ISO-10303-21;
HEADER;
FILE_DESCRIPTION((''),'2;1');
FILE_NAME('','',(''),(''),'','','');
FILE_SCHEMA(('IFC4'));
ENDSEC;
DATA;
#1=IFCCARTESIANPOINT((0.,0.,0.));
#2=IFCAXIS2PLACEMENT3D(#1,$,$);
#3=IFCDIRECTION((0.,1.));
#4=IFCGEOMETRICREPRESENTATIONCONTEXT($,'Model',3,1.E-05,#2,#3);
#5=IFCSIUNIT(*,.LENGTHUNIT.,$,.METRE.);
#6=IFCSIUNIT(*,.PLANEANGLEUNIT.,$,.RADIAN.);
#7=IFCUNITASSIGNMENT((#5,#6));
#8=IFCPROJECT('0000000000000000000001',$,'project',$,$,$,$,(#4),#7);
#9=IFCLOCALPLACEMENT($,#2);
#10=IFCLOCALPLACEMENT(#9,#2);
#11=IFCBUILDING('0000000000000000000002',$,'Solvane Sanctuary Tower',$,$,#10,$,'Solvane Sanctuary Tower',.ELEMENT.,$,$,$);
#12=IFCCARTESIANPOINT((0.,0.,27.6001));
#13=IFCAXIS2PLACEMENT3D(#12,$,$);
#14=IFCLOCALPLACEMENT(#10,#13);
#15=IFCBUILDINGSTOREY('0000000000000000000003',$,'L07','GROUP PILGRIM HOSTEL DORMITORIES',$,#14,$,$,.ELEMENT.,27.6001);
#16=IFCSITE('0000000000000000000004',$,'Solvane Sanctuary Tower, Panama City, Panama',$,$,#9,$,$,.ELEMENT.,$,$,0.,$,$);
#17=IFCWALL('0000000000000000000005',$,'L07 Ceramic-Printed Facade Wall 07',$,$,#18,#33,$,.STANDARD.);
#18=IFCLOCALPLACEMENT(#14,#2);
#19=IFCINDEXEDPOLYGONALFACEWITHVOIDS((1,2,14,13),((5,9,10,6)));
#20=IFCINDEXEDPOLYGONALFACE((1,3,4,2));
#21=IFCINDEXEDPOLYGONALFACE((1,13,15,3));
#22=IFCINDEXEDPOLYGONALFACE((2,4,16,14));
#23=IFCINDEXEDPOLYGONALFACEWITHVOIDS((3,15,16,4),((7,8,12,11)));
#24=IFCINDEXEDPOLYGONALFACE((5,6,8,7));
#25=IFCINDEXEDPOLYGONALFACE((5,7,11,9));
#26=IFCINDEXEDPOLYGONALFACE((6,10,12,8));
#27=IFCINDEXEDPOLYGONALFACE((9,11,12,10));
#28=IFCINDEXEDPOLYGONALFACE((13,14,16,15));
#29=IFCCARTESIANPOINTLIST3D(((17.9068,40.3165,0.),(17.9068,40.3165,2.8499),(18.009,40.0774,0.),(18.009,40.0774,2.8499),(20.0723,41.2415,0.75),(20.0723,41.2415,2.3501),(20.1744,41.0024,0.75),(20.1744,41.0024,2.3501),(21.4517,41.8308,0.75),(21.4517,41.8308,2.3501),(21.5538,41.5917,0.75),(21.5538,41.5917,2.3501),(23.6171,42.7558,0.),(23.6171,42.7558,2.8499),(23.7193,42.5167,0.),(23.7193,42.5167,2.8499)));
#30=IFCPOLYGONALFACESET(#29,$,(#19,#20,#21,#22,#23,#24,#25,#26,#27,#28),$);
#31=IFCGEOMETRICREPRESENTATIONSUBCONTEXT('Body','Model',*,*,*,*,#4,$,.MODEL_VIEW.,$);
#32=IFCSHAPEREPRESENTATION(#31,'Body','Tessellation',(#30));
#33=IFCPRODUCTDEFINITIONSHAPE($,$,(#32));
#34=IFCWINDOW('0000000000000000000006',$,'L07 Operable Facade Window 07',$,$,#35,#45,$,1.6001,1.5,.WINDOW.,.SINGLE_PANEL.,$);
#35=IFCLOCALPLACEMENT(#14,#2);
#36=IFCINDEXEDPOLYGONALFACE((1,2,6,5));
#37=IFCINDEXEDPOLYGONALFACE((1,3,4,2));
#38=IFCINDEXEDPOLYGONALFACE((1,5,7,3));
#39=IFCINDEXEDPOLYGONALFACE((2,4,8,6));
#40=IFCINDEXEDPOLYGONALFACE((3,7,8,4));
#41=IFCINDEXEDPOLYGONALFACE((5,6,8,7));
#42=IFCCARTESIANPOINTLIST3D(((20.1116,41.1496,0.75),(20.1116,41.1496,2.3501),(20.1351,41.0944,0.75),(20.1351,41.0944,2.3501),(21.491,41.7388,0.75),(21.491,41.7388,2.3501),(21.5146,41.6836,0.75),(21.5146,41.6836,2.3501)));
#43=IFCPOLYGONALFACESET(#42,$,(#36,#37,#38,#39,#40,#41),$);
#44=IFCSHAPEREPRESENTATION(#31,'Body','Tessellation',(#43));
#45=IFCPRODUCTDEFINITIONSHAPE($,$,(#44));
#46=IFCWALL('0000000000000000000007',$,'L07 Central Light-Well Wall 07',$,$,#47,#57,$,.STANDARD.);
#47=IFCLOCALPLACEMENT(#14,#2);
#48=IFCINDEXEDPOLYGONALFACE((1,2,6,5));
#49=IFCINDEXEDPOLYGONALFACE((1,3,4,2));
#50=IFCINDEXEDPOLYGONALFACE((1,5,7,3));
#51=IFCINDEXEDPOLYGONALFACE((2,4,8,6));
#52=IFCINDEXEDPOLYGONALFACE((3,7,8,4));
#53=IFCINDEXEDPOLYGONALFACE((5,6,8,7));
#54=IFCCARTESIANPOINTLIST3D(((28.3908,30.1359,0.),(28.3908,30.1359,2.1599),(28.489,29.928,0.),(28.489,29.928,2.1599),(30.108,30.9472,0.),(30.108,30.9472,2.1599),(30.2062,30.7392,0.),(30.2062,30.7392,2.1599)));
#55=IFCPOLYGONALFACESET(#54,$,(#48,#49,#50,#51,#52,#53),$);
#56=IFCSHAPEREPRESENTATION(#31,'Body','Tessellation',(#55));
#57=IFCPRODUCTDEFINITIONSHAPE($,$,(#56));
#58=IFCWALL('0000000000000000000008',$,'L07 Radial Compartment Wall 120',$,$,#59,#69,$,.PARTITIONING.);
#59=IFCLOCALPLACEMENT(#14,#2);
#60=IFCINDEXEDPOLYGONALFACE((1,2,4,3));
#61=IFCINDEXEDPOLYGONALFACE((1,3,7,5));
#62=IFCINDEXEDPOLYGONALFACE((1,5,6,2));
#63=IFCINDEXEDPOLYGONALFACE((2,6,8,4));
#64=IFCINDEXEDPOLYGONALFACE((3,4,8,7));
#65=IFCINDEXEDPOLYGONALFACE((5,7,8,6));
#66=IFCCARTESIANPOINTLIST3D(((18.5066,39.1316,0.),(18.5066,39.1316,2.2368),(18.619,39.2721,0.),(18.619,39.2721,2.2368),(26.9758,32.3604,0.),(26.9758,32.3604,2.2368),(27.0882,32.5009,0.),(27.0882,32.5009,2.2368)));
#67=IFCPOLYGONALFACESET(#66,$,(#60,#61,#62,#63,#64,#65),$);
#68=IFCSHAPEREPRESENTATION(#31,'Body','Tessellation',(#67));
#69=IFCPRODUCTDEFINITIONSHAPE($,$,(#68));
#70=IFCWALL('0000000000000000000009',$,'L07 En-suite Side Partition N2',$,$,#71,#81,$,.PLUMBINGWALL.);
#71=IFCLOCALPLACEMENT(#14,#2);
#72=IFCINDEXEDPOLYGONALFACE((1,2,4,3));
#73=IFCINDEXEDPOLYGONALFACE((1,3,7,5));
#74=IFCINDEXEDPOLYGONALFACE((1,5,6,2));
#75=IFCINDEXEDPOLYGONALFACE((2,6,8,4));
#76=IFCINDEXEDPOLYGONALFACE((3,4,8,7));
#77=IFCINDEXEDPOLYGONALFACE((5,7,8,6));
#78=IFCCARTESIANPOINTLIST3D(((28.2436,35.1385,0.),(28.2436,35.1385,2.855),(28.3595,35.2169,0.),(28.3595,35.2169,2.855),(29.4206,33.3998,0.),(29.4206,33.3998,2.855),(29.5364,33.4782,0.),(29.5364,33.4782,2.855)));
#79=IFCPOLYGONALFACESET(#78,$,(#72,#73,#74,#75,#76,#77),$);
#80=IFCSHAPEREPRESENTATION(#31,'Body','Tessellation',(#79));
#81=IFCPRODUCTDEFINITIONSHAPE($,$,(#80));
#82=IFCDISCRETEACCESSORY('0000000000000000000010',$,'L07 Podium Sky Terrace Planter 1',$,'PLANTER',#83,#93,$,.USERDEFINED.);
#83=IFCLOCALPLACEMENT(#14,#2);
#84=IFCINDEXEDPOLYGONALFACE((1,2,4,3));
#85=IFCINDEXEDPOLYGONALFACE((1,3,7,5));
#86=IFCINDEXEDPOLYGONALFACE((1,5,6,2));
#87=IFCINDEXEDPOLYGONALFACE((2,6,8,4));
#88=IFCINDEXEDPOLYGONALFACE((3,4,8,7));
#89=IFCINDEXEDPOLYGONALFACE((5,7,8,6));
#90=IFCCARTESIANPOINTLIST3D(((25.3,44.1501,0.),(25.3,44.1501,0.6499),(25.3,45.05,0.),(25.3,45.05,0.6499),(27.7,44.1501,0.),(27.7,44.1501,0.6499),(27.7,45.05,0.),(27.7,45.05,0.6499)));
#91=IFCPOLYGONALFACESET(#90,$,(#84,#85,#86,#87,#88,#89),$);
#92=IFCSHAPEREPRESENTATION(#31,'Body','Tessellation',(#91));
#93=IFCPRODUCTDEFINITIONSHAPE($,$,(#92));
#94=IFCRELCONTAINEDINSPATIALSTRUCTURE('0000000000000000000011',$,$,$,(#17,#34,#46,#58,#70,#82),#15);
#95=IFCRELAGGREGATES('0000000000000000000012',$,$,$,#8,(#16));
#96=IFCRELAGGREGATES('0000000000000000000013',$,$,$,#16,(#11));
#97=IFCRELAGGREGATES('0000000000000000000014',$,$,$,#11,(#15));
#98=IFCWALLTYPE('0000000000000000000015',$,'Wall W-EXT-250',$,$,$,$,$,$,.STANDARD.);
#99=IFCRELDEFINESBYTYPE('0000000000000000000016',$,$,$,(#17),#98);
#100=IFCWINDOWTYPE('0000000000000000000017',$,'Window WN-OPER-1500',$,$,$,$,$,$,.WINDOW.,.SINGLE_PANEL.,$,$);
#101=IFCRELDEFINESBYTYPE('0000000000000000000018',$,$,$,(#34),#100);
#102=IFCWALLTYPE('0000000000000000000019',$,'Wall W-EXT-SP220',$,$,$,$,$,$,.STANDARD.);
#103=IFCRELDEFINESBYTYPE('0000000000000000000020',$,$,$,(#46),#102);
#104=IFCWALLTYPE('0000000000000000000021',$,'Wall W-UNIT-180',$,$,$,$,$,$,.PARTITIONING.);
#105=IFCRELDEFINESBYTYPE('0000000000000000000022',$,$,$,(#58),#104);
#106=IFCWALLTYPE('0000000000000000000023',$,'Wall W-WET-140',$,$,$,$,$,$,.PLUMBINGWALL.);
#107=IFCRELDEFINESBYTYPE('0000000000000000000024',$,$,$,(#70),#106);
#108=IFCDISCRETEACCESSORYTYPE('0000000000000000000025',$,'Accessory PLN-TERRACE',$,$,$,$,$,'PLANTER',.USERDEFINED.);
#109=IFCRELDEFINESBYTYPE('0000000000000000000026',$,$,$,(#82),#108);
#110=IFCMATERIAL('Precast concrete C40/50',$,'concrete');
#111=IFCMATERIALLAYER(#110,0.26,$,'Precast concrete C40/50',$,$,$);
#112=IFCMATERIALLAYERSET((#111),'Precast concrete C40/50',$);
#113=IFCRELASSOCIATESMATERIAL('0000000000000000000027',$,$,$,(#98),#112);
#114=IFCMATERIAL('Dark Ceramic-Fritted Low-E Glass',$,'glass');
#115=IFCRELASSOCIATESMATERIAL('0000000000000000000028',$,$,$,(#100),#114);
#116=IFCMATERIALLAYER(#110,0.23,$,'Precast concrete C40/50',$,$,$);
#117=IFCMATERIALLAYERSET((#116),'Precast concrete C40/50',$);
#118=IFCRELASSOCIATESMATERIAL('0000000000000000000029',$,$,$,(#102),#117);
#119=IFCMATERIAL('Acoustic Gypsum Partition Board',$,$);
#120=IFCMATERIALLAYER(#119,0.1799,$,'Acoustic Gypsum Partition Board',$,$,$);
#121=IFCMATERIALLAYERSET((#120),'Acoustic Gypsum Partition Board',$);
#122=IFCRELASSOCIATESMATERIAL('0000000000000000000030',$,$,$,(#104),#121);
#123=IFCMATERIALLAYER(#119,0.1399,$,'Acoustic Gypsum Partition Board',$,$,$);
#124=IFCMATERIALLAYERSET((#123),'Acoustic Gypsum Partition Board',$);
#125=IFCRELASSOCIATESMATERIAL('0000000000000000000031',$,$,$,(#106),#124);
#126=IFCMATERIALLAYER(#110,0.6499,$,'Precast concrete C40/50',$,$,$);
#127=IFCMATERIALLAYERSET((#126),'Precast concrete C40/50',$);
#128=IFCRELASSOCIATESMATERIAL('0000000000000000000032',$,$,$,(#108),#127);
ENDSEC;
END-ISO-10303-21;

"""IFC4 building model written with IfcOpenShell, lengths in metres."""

from ifc_helpers import new_model, si_unit, direction, frame, frame_2d, origin, origin_2d, place, context, subcontext, project, spatial, rectangle, extrude, material, layer, layer_set, type_object, element, fill, save


model = new_model("IFC4")

# Units and contexts
model_context = context("Model", 3, precision=1e-05, world=origin(), true_north=direction((0.0, 1.0)))
body_context = subcontext(model_context, "Body", "Model", "MODEL_VIEW")
ifc_project = project(units=[si_unit("LENGTHUNIT", "METRE"), si_unit("PLANEANGLEUNIT", "RADIAN")], contexts=[model_context])

# Site, building, storey
site_placement = place(None, origin())
site = spatial("IfcSite", under=ifc_project, at=site_placement, Name="Solvane Sanctuary Tower, Panama City, Panama", CompositionType="ELEMENT", RefElevation=0.0)
building_placement = place(site_placement, origin())
building = spatial("IfcBuilding", under=site, at=building_placement, Name="Solvane Sanctuary Tower", LongName="Solvane Sanctuary Tower", CompositionType="ELEMENT")
storey_placement = place(building_placement, frame((0.0, 0.0, 27.6001)))
storey = spatial("IfcBuildingStorey", under=building, at=storey_placement, Name="L07", Description="GROUP PILGRIM HOSTEL DORMITORIES", CompositionType="ELEMENT", Elevation=27.6001)

# Shared definitions
ifc_material_1 = material(Name="Acoustic Gypsum Partition Board")

# Wall, opening, window
ifc_material_2 = material(Name="Precast concrete C40/50", Category="concrete")
ifc_layer_1 = layer(ifc_material_2, 0.26, Name="Precast concrete C40/50")
ifc_layer_set_1 = layer_set([ifc_layer_1], Name="Precast concrete C40/50")
wall_type_1 = type_object("IfcWallType", Name="Wall W-EXT-250", PredefinedType="STANDARD", material=ifc_layer_set_1)
wall_1_placement = place(storey_placement, frame((23.6682, 42.6362, 0.0), z_axis=(0.0, 0.0, 1.0), x_axis=(-0.919612, -0.392828, 0.0)))
wall_1 = element("IfcWall", 1, at=wall_1_placement, inside=storey, type_object=wall_type_1, Name="L07 Ceramic-Printed Facade Wall 07", PredefinedType="STANDARD", context=body_context, shape_type="SweptSolid", body=[
    extrude(rectangle(XDim=6.2095, YDim=0.26, at=frame_2d((3.1047, 0.0))), origin(), (0.0, 0.0, 1.0), 2.8499),
])
opening_1_placement = place(wall_1_placement, frame((2.3547, 0.0, 0.75)))
opening_1 = element("IfcOpeningElement", 2, at=opening_1_placement, cuts=wall_1, PredefinedType="OPENING", context=body_context, shape_type="SweptSolid", body=[
    extrude(rectangle(XDim=1.5, YDim=1.6001, at=frame_2d((0.75, 0.8))), frame((0.0, 0.1399, 0.0), z_axis=(0.0, -1.0, 0.0), x_axis=(1.0, 0.0, 0.0)), (0.0, 0.0, 1.0), 0.28),
])
ifc_material_3 = material(Name="Dark Ceramic-Fritted Low-E Glass", Category="glass")
window_type = type_object("IfcWindowType", Name="Window WN-OPER-1500", PartitioningType="SINGLE_PANEL", PredefinedType="WINDOW", material=ifc_material_3)
window_placement = place(opening_1_placement, origin())
window = element("IfcWindow", 3, at=window_placement, inside=storey, type_object=window_type, Name="L07 Operable Facade Window 07", OverallHeight=1.6001, OverallWidth=1.5, PartitioningType="SINGLE_PANEL", PredefinedType="WINDOW", context=body_context, shape_type="SweptSolid", body=[
    extrude(rectangle(XDim=1.5, YDim=1.6001, at=frame_2d((0.75, 0.8))), frame((0.0, 0.03, 0.0), z_axis=(0.0, -1.0, 0.0), x_axis=(1.0, 0.0, 0.0)), (0.0, 0.0, 1.0), 0.0601),
])
fill(opening_1, window)

# Walls
ifc_layer_2 = layer(ifc_material_2, 0.23, Name="Precast concrete C40/50")
ifc_layer_set_2 = layer_set([ifc_layer_2], Name="Precast concrete C40/50")
wall_type_2 = type_object("IfcWallType", Name="Wall W-EXT-SP220", PredefinedType="STANDARD", material=ifc_layer_set_2)
wall_2_placement = place(storey_placement, frame((30.1572, 30.8433, 0.0), z_axis=(0.0, 0.0, 1.0), x_axis=(-0.90418, -0.427152, 0.0)))
element("IfcWall", 4, at=wall_2_placement, inside=storey, type_object=wall_type_2, Name="L07 Central Light-Well Wall 07", PredefinedType="STANDARD", context=body_context, shape_type="SweptSolid", body=[
    extrude(rectangle(XDim=1.8992, YDim=0.23, at=frame_2d((0.9497, 0.0))), origin(), (0.0, 0.0, 1.0), 2.1599),
])
ifc_layer_3 = layer(ifc_material_1, 0.1799, Name="Acoustic Gypsum Partition Board")
ifc_layer_set_3 = layer_set([ifc_layer_3], Name="Acoustic Gypsum Partition Board")
wall_type_3 = type_object("IfcWallType", Name="Wall W-UNIT-180", PredefinedType="PARTITIONING", material=ifc_layer_set_3)
wall_3_placement = place(storey_placement, frame((27.032, 32.4307, 0.0), z_axis=(0.0, 0.0, 1.0), x_axis=(-0.781055, 0.624462, 0.0)))
element("IfcWall", 5, at=wall_3_placement, inside=storey, type_object=wall_type_3, Name="L07 Radial Compartment Wall 120", PredefinedType="PARTITIONING", context=body_context, shape_type="SweptSolid", body=[
    extrude(rectangle(XDim=10.8433, YDim=0.1799, at=frame_2d((5.4216, 0.0))), origin(), (0.0, 0.0, 1.0), 2.2368),
])
ifc_layer_4 = layer(ifc_material_1, 0.1399, Name="Acoustic Gypsum Partition Board")
ifc_layer_set_4 = layer_set([ifc_layer_4], Name="Acoustic Gypsum Partition Board")
wall_type_4 = type_object("IfcWallType", Name="Wall W-WET-140", PredefinedType="PLUMBINGWALL", material=ifc_layer_set_4)
wall_4_placement = place(storey_placement, frame((29.4785, 33.439, 0.0), z_axis=(0.0, 0.0, 1.0), x_axis=(-0.560563, 0.828112, 0.0)))
element("IfcWall", 6, at=wall_4_placement, inside=storey, type_object=wall_type_4, Name="L07 En-suite Side Partition N2", PredefinedType="PLUMBINGWALL", context=body_context, shape_type="SweptSolid", body=[
    extrude(rectangle(XDim=2.0996, YDim=0.1399, at=frame_2d((1.0498, 0.0))), origin(), (0.0, 0.0, 1.0), 2.855),
])

# Discrete accessory
ifc_layer_5 = layer(ifc_material_2, 0.6499, Name="Precast concrete C40/50")
ifc_layer_set_5 = layer_set([ifc_layer_5], Name="Precast concrete C40/50")
discrete_accessory_type = type_object("IfcDiscreteAccessoryType", Name="Accessory PLN-TERRACE", ElementType="PLANTER", PredefinedType="USERDEFINED", material=ifc_layer_set_5)
discrete_accessory_placement = place(storey_placement, frame((26.5, 44.6001, 0.0), z_axis=(0.0, 0.0, 1.0), x_axis=(1.0, 0.0, 0.0)))
element("IfcDiscreteAccessory", 7, at=discrete_accessory_placement, inside=storey, type_object=discrete_accessory_type, Name="L07 Podium Sky Terrace Planter 1", ObjectType="PLANTER", PredefinedType="USERDEFINED", context=body_context, shape_type="SweptSolid", body=[
    extrude(rectangle(XDim=2.3999, YDim=0.8999, at=origin_2d()), origin(), (0.0, 0.0, 1.0), 0.6499),
])

save(model, "model.ifc")
